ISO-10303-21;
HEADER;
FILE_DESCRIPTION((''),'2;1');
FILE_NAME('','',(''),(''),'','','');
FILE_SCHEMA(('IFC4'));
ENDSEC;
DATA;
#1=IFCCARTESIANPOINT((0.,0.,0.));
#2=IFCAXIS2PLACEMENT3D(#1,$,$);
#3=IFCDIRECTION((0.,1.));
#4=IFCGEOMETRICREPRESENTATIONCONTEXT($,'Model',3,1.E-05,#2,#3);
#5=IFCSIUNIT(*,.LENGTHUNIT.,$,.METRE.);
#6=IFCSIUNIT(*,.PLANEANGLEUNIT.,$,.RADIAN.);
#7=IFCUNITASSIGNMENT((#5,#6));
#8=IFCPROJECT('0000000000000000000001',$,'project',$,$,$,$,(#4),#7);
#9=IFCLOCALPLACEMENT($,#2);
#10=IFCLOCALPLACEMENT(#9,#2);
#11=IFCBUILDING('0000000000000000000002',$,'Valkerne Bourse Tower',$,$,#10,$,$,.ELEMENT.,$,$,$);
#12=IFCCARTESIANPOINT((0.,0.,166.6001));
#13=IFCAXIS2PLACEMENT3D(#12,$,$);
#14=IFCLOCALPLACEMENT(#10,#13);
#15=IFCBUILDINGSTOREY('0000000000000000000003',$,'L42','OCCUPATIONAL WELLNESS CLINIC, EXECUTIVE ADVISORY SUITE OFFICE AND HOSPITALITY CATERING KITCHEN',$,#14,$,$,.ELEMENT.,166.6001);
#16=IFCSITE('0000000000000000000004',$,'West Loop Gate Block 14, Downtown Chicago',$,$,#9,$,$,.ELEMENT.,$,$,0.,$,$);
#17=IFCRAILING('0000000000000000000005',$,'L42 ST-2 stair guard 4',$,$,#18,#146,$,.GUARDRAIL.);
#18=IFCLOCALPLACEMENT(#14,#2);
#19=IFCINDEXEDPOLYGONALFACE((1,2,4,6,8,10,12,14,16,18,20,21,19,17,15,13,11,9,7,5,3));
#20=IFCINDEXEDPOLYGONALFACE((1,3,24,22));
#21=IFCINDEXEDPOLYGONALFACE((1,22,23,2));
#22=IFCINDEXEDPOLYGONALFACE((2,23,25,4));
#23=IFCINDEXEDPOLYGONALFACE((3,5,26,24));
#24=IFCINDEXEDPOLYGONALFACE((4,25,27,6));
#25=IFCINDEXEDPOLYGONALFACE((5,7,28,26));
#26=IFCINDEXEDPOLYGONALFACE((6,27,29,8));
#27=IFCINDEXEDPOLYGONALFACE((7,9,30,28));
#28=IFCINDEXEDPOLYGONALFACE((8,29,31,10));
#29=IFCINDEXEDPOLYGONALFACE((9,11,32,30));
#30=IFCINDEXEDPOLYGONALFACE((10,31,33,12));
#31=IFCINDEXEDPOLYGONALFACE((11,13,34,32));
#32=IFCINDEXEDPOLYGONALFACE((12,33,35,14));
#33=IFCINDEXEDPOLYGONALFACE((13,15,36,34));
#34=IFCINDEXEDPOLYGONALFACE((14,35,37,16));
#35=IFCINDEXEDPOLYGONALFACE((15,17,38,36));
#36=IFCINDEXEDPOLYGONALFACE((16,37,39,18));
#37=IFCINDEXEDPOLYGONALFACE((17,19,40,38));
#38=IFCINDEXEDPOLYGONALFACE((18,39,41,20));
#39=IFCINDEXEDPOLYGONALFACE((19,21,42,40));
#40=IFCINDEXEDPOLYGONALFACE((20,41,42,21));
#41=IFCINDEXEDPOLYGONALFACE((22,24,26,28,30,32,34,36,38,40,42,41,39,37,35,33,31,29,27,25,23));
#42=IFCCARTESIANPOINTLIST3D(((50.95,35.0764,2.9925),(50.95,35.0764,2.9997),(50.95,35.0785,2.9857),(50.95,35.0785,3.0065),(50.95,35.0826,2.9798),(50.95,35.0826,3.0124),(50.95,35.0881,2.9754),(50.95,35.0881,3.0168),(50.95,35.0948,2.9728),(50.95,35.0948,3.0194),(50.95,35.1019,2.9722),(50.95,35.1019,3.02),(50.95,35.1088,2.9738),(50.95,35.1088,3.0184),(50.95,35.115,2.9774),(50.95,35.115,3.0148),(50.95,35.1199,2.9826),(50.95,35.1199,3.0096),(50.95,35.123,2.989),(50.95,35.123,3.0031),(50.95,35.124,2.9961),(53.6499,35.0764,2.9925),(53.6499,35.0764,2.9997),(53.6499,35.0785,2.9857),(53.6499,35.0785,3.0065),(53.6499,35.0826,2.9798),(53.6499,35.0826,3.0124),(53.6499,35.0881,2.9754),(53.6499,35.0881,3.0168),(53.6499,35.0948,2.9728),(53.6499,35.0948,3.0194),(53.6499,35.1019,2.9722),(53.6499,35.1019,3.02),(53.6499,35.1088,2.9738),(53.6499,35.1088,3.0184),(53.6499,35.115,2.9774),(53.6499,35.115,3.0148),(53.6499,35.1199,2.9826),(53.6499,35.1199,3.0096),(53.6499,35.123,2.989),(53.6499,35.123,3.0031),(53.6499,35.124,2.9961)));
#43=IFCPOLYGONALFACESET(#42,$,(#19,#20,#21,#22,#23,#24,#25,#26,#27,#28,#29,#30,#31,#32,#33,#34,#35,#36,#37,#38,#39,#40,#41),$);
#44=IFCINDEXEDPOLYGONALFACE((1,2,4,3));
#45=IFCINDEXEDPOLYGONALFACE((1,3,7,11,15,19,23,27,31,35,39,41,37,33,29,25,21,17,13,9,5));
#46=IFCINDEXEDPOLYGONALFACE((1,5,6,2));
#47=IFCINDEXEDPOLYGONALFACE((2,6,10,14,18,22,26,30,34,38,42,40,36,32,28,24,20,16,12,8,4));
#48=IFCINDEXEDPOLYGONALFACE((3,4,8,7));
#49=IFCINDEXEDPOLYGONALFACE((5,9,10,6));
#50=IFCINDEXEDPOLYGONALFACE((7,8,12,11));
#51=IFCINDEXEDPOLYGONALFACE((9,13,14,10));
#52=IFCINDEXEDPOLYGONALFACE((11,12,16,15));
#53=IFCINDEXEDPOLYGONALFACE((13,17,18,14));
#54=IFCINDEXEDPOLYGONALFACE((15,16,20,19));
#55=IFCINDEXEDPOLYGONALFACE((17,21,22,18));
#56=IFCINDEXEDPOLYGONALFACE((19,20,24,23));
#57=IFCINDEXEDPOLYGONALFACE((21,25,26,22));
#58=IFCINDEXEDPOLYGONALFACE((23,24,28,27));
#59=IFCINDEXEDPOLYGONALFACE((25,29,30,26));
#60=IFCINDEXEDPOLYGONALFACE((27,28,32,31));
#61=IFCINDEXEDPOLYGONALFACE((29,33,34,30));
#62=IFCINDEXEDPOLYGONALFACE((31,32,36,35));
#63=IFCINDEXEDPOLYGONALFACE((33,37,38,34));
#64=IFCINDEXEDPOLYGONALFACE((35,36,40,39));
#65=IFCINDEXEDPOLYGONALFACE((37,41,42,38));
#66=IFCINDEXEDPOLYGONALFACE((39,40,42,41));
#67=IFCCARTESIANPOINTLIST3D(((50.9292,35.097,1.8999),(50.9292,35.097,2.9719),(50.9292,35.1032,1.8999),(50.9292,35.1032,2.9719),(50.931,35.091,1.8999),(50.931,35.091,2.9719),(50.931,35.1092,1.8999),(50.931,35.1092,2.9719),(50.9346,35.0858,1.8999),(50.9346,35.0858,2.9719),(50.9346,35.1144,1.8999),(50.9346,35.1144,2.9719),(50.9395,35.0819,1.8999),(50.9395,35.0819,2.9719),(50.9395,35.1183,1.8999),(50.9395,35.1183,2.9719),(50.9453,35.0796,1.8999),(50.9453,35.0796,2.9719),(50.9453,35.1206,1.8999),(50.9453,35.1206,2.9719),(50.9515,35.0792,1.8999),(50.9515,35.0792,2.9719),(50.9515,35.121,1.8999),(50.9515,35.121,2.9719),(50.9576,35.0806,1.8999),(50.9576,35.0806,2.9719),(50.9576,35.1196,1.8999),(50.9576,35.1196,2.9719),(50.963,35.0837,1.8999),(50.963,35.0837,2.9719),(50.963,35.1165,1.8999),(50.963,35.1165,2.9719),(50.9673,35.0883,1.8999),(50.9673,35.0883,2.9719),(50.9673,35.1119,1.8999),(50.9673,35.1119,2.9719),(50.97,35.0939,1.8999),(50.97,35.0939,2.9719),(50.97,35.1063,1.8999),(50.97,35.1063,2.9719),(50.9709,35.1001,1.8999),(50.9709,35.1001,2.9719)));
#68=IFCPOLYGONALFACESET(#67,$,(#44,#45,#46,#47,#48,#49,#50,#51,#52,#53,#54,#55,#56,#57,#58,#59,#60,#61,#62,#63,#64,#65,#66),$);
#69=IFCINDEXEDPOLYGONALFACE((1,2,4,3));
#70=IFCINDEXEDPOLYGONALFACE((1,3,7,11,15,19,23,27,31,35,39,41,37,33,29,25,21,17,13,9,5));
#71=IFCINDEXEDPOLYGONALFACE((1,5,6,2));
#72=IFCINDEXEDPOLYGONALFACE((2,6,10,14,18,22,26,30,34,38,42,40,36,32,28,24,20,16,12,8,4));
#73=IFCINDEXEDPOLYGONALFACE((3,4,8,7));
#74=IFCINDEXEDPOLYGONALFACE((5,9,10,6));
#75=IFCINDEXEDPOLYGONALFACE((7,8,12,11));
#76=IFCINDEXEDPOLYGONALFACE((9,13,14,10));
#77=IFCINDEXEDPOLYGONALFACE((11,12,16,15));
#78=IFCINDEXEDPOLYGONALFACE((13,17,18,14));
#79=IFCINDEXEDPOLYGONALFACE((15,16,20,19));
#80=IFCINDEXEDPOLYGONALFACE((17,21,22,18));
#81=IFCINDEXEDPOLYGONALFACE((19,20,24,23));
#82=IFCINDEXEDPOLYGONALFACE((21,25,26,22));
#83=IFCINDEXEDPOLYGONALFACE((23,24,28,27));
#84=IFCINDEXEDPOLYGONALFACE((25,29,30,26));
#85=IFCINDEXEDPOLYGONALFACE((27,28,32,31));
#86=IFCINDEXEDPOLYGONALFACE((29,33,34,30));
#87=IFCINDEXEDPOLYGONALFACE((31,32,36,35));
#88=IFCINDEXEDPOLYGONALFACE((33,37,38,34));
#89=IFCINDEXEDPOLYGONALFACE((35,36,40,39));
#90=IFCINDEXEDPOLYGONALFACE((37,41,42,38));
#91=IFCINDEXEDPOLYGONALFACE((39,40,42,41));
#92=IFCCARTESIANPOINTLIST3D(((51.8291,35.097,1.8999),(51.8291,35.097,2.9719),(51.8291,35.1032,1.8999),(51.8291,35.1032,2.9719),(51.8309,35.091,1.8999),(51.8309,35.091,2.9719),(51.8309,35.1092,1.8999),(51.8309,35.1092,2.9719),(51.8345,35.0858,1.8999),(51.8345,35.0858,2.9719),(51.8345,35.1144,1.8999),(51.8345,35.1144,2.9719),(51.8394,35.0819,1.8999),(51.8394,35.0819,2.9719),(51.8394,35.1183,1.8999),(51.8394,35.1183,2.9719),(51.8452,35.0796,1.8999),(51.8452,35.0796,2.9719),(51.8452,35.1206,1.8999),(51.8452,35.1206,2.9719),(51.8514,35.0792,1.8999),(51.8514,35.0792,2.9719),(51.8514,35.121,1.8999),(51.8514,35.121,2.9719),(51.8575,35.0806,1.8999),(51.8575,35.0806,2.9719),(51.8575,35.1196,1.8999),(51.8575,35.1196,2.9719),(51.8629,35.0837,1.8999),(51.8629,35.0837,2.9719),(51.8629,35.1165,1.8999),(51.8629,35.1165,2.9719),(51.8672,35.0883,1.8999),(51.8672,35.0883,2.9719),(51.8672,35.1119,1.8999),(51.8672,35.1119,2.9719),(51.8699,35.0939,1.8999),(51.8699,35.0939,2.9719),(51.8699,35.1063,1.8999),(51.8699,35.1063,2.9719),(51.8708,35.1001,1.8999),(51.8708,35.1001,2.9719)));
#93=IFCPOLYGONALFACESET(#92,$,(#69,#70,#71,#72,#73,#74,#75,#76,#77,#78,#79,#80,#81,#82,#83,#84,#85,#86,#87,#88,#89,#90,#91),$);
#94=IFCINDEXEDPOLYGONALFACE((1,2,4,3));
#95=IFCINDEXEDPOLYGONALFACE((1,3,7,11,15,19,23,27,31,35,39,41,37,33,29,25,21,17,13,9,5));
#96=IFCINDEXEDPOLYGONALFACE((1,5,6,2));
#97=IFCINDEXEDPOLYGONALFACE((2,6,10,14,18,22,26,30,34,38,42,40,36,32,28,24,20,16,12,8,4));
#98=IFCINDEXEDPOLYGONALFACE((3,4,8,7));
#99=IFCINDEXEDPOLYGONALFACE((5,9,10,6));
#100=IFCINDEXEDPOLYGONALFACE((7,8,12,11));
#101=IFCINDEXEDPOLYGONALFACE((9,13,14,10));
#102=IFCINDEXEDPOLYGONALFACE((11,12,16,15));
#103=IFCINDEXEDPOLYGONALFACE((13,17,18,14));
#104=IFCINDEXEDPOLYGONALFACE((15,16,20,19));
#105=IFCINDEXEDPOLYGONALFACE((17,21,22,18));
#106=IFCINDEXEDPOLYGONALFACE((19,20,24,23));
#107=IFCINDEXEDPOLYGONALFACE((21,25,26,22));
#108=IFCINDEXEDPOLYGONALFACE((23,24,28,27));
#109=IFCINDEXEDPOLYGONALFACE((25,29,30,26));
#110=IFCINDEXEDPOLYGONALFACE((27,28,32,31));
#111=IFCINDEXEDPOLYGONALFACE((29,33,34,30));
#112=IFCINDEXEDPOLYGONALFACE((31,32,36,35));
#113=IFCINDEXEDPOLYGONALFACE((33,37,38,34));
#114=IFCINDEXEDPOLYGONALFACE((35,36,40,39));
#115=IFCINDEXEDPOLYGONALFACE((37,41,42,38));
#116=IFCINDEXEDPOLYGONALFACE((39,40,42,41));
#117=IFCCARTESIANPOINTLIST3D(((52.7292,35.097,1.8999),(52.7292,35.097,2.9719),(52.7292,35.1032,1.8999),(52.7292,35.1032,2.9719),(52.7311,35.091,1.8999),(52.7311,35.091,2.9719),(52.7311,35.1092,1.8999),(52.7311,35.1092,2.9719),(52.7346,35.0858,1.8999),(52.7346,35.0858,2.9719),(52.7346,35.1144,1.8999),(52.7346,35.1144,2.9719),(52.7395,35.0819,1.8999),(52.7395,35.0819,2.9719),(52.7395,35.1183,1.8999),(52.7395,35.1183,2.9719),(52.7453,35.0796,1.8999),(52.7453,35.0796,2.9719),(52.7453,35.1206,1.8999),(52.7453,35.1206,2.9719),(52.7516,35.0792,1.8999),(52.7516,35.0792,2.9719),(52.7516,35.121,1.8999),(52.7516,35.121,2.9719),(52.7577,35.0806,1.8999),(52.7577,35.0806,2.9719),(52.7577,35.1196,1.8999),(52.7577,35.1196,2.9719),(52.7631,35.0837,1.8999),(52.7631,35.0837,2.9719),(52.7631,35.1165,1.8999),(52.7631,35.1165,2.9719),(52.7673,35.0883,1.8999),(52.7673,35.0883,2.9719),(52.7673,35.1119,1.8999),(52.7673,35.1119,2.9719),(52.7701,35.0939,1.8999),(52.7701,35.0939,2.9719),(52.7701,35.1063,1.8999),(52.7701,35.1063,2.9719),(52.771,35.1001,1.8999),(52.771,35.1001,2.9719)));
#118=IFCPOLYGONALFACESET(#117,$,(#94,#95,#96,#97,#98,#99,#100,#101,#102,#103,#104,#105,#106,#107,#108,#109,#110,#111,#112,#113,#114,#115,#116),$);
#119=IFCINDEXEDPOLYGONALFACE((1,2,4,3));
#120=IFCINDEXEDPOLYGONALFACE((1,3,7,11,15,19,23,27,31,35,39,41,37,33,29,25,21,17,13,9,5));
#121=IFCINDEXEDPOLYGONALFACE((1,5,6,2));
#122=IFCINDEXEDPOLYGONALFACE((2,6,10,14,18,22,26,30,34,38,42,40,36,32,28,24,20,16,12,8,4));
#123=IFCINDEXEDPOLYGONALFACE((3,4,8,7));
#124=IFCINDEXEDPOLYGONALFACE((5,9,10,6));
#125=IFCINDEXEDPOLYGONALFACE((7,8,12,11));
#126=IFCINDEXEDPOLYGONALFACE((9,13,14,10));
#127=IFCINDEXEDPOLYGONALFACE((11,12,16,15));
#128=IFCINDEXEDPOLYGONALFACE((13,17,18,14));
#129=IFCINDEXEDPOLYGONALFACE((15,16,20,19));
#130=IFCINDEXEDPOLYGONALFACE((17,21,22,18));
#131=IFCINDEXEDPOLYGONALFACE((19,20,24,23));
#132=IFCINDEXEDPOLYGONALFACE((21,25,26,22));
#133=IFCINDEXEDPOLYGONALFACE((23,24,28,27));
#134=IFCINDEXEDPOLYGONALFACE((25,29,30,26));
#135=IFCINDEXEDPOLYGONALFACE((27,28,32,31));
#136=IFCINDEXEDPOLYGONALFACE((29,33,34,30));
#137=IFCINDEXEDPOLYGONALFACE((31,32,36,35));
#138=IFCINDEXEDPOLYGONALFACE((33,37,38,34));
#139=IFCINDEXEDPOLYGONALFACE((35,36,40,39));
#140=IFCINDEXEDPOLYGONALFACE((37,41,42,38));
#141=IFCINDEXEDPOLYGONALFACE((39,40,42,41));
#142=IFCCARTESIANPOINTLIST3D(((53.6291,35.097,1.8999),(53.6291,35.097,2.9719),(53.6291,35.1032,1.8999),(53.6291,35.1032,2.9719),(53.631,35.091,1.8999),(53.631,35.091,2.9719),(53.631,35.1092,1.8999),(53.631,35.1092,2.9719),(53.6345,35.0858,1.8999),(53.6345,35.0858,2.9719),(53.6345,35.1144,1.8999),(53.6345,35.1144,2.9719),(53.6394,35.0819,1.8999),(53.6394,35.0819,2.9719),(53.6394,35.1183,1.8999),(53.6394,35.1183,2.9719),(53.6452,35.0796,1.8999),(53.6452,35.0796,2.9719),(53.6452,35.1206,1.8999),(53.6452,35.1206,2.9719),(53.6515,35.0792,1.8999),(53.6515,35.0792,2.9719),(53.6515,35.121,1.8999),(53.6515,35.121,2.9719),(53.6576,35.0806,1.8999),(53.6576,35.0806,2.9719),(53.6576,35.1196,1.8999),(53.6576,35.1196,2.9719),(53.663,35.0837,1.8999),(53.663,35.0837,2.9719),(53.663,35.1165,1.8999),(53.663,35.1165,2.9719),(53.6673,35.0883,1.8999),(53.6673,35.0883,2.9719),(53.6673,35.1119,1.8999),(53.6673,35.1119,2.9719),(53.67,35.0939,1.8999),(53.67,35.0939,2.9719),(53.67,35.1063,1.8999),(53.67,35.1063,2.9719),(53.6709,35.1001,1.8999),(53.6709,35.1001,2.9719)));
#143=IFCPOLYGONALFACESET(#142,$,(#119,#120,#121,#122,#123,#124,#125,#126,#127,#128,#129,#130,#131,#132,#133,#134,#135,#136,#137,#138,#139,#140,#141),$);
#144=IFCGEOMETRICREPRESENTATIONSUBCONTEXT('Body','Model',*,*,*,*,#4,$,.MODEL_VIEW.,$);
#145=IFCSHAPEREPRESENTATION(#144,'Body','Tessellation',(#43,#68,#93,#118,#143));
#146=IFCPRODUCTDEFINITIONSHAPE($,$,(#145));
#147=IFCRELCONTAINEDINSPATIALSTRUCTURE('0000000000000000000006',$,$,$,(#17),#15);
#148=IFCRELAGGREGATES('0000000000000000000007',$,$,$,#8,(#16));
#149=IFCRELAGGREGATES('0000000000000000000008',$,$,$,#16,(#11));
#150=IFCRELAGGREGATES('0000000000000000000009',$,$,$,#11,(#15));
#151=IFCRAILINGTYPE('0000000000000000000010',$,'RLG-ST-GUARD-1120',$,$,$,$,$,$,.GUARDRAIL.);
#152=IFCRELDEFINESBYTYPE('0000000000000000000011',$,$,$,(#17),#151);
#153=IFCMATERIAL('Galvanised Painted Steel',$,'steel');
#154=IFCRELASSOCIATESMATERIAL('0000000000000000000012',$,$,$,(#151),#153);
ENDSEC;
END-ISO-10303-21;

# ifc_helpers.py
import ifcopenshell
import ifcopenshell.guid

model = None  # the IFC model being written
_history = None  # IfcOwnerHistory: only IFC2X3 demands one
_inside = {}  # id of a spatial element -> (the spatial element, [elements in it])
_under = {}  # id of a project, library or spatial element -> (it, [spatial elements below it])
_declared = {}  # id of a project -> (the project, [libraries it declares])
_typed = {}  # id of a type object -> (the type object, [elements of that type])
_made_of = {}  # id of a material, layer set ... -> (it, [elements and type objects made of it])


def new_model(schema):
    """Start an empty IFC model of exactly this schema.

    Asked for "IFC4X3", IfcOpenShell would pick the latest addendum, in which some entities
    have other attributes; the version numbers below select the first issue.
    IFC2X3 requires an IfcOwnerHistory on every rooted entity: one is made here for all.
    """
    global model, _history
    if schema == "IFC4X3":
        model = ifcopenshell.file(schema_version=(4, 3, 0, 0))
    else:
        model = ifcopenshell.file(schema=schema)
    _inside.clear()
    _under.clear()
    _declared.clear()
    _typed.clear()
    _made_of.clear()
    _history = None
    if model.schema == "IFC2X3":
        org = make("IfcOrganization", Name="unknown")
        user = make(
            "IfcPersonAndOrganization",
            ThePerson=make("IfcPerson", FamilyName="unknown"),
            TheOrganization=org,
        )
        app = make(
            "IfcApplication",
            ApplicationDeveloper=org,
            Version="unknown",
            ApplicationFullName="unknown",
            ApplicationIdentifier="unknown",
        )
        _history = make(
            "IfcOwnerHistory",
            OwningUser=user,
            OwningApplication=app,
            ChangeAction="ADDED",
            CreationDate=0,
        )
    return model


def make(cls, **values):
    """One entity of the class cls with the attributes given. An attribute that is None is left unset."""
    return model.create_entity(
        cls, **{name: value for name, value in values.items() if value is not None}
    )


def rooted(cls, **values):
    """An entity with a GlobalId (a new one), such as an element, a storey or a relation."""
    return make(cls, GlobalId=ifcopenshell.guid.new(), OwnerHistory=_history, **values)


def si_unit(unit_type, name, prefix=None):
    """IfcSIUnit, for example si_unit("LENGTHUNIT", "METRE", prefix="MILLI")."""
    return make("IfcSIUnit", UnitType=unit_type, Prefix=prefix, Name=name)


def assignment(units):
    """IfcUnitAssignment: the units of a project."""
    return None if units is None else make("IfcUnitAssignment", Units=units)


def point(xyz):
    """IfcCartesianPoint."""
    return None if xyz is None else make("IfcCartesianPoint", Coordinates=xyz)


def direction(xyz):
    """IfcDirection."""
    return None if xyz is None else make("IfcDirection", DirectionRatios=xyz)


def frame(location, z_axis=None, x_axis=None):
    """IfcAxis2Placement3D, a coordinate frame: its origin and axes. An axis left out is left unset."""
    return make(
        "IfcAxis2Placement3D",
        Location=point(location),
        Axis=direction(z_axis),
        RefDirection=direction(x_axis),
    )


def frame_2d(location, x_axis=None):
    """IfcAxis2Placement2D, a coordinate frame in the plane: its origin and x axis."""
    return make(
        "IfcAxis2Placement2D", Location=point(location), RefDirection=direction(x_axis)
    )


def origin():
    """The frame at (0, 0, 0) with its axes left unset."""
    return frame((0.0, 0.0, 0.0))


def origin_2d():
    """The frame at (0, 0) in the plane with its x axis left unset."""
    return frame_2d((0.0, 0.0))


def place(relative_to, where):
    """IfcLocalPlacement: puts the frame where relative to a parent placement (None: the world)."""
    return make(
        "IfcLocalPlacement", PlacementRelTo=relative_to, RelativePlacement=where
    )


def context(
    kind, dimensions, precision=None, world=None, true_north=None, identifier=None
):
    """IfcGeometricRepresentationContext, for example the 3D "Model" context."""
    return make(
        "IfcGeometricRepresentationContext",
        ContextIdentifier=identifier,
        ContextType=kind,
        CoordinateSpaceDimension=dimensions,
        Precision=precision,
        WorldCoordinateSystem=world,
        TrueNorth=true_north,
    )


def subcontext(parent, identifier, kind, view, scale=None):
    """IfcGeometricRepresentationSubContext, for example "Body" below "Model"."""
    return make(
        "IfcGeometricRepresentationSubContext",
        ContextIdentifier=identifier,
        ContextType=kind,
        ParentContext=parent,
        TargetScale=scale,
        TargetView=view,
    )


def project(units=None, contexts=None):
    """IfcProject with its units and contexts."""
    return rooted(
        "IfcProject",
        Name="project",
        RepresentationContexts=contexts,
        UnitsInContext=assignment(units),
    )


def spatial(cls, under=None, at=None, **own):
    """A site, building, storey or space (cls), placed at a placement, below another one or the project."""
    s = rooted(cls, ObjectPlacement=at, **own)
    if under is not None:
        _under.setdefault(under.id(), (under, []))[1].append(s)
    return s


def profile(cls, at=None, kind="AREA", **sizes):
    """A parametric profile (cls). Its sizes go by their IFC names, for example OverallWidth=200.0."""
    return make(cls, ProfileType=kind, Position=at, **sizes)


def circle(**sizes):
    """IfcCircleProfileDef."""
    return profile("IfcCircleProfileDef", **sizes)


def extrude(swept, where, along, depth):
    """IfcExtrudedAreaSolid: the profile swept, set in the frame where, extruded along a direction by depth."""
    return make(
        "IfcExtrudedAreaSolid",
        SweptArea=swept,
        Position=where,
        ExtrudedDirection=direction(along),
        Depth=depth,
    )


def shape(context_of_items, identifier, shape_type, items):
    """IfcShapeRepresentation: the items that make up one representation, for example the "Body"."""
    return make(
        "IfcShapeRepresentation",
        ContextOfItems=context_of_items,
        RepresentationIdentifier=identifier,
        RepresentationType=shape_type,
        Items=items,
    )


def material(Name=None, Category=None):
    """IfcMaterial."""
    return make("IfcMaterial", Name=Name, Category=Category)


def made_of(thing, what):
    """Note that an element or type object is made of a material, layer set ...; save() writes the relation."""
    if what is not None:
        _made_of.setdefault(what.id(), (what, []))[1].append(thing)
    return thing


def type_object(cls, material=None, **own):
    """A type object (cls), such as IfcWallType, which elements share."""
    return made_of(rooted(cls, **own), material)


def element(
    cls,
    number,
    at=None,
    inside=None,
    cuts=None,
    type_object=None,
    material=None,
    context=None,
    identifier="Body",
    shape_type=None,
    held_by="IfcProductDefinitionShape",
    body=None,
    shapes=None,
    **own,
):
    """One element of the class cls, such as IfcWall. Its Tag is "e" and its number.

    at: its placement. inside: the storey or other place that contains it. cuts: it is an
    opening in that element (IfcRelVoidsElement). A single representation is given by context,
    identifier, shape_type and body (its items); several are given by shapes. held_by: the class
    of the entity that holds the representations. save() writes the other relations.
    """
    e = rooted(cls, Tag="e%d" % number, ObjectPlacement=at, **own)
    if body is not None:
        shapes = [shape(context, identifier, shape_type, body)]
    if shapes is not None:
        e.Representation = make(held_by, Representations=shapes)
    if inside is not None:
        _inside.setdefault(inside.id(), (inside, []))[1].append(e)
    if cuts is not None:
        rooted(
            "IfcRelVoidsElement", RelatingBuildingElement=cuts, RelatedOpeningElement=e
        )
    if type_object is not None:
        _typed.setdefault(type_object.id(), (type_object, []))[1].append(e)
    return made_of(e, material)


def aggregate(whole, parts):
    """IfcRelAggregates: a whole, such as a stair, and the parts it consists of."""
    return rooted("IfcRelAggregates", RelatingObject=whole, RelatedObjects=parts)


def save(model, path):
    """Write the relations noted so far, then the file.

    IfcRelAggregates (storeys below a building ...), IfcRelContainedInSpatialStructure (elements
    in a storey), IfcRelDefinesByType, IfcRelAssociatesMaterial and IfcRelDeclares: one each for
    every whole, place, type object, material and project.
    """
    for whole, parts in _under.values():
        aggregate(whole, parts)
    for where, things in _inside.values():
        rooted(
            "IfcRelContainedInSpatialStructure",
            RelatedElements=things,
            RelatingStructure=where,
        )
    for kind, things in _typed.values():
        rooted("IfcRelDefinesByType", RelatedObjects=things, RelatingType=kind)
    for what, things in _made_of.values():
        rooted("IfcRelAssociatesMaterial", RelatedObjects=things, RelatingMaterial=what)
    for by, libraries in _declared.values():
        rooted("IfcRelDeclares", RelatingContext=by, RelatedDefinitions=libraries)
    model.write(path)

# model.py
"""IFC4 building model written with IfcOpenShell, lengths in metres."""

from ifc_helpers import new_model, si_unit, direction, frame, origin, origin_2d, place, context, subcontext, project, spatial, circle, extrude, material, type_object, element, save


model = new_model("IFC4")

# Units and contexts
model_context = context("Model", 3, precision=1e-05, world=origin(), true_north=direction((0.0, 1.0)))
body_context = subcontext(model_context, "Body", "Model", "MODEL_VIEW")
ifc_project = project(units=[si_unit("LENGTHUNIT", "METRE"), si_unit("PLANEANGLEUNIT", "RADIAN")], contexts=[model_context])

# Site, building, storey
site_placement = place(None, origin())
site = spatial("IfcSite", under=ifc_project, at=site_placement, Name="West Loop Gate Block 14, Downtown Chicago", CompositionType="ELEMENT", RefElevation=0.0)
building_placement = place(site_placement, origin())
building = spatial("IfcBuilding", under=site, at=building_placement, Name="Valkerne Bourse Tower", CompositionType="ELEMENT")
storey_placement = place(building_placement, frame((0.0, 0.0, 166.6001)))
storey = spatial("IfcBuildingStorey", under=building, at=storey_placement, Name="L42", Description="OCCUPATIONAL WELLNESS CLINIC, EXECUTIVE ADVISORY SUITE OFFICE AND HOSPITALITY CATERING KITCHEN", CompositionType="ELEMENT", Elevation=166.6001)

# Shared definitions
ifc_material_1 = material(Name="Galvanised Painted Steel", Category="steel")

# Railing
railing_type_1 = type_object("IfcRailingType", Name="RLG-ST-GUARD-1120", PredefinedType="GUARDRAIL", material=ifc_material_1)
for number, where, name in (
    (1, (50.95, 35.1001, 1.8999), "L42 ST-2 stair guard 4"),
):
    element("IfcRailing", number, at=place(storey_placement, frame(where)), inside=storey, type_object=railing_type_1, Name=name, PredefinedType="GUARDRAIL", context=body_context, shape_type="SweptSolid", body=[
        extrude(circle(Radius=0.0239, at=origin_2d()), frame((0.0, 0.0, 1.0962), z_axis=(1.0, 0.0, 0.0), x_axis=(0.0, 1.0, 0.0)), (0.0, 0.0, 1.0), 2.7),
        extrude(circle(Radius=0.021, at=origin_2d()), origin(), (0.0, 0.0, 1.0), 1.072),
        extrude(circle(Radius=0.021, at=origin_2d()), frame((0.8999, 0.0, 0.0)), (0.0, 0.0, 1.0), 1.072),
        extrude(circle(Radius=0.021, at=origin_2d()), frame((1.8, 0.0, 0.0)), (0.0, 0.0, 1.0), 1.072),
        extrude(circle(Radius=0.021, at=origin_2d()), frame((2.7, 0.0, 0.0)), (0.0, 0.0, 1.0), 1.072),
    ])

save(model, "model.ifc")
